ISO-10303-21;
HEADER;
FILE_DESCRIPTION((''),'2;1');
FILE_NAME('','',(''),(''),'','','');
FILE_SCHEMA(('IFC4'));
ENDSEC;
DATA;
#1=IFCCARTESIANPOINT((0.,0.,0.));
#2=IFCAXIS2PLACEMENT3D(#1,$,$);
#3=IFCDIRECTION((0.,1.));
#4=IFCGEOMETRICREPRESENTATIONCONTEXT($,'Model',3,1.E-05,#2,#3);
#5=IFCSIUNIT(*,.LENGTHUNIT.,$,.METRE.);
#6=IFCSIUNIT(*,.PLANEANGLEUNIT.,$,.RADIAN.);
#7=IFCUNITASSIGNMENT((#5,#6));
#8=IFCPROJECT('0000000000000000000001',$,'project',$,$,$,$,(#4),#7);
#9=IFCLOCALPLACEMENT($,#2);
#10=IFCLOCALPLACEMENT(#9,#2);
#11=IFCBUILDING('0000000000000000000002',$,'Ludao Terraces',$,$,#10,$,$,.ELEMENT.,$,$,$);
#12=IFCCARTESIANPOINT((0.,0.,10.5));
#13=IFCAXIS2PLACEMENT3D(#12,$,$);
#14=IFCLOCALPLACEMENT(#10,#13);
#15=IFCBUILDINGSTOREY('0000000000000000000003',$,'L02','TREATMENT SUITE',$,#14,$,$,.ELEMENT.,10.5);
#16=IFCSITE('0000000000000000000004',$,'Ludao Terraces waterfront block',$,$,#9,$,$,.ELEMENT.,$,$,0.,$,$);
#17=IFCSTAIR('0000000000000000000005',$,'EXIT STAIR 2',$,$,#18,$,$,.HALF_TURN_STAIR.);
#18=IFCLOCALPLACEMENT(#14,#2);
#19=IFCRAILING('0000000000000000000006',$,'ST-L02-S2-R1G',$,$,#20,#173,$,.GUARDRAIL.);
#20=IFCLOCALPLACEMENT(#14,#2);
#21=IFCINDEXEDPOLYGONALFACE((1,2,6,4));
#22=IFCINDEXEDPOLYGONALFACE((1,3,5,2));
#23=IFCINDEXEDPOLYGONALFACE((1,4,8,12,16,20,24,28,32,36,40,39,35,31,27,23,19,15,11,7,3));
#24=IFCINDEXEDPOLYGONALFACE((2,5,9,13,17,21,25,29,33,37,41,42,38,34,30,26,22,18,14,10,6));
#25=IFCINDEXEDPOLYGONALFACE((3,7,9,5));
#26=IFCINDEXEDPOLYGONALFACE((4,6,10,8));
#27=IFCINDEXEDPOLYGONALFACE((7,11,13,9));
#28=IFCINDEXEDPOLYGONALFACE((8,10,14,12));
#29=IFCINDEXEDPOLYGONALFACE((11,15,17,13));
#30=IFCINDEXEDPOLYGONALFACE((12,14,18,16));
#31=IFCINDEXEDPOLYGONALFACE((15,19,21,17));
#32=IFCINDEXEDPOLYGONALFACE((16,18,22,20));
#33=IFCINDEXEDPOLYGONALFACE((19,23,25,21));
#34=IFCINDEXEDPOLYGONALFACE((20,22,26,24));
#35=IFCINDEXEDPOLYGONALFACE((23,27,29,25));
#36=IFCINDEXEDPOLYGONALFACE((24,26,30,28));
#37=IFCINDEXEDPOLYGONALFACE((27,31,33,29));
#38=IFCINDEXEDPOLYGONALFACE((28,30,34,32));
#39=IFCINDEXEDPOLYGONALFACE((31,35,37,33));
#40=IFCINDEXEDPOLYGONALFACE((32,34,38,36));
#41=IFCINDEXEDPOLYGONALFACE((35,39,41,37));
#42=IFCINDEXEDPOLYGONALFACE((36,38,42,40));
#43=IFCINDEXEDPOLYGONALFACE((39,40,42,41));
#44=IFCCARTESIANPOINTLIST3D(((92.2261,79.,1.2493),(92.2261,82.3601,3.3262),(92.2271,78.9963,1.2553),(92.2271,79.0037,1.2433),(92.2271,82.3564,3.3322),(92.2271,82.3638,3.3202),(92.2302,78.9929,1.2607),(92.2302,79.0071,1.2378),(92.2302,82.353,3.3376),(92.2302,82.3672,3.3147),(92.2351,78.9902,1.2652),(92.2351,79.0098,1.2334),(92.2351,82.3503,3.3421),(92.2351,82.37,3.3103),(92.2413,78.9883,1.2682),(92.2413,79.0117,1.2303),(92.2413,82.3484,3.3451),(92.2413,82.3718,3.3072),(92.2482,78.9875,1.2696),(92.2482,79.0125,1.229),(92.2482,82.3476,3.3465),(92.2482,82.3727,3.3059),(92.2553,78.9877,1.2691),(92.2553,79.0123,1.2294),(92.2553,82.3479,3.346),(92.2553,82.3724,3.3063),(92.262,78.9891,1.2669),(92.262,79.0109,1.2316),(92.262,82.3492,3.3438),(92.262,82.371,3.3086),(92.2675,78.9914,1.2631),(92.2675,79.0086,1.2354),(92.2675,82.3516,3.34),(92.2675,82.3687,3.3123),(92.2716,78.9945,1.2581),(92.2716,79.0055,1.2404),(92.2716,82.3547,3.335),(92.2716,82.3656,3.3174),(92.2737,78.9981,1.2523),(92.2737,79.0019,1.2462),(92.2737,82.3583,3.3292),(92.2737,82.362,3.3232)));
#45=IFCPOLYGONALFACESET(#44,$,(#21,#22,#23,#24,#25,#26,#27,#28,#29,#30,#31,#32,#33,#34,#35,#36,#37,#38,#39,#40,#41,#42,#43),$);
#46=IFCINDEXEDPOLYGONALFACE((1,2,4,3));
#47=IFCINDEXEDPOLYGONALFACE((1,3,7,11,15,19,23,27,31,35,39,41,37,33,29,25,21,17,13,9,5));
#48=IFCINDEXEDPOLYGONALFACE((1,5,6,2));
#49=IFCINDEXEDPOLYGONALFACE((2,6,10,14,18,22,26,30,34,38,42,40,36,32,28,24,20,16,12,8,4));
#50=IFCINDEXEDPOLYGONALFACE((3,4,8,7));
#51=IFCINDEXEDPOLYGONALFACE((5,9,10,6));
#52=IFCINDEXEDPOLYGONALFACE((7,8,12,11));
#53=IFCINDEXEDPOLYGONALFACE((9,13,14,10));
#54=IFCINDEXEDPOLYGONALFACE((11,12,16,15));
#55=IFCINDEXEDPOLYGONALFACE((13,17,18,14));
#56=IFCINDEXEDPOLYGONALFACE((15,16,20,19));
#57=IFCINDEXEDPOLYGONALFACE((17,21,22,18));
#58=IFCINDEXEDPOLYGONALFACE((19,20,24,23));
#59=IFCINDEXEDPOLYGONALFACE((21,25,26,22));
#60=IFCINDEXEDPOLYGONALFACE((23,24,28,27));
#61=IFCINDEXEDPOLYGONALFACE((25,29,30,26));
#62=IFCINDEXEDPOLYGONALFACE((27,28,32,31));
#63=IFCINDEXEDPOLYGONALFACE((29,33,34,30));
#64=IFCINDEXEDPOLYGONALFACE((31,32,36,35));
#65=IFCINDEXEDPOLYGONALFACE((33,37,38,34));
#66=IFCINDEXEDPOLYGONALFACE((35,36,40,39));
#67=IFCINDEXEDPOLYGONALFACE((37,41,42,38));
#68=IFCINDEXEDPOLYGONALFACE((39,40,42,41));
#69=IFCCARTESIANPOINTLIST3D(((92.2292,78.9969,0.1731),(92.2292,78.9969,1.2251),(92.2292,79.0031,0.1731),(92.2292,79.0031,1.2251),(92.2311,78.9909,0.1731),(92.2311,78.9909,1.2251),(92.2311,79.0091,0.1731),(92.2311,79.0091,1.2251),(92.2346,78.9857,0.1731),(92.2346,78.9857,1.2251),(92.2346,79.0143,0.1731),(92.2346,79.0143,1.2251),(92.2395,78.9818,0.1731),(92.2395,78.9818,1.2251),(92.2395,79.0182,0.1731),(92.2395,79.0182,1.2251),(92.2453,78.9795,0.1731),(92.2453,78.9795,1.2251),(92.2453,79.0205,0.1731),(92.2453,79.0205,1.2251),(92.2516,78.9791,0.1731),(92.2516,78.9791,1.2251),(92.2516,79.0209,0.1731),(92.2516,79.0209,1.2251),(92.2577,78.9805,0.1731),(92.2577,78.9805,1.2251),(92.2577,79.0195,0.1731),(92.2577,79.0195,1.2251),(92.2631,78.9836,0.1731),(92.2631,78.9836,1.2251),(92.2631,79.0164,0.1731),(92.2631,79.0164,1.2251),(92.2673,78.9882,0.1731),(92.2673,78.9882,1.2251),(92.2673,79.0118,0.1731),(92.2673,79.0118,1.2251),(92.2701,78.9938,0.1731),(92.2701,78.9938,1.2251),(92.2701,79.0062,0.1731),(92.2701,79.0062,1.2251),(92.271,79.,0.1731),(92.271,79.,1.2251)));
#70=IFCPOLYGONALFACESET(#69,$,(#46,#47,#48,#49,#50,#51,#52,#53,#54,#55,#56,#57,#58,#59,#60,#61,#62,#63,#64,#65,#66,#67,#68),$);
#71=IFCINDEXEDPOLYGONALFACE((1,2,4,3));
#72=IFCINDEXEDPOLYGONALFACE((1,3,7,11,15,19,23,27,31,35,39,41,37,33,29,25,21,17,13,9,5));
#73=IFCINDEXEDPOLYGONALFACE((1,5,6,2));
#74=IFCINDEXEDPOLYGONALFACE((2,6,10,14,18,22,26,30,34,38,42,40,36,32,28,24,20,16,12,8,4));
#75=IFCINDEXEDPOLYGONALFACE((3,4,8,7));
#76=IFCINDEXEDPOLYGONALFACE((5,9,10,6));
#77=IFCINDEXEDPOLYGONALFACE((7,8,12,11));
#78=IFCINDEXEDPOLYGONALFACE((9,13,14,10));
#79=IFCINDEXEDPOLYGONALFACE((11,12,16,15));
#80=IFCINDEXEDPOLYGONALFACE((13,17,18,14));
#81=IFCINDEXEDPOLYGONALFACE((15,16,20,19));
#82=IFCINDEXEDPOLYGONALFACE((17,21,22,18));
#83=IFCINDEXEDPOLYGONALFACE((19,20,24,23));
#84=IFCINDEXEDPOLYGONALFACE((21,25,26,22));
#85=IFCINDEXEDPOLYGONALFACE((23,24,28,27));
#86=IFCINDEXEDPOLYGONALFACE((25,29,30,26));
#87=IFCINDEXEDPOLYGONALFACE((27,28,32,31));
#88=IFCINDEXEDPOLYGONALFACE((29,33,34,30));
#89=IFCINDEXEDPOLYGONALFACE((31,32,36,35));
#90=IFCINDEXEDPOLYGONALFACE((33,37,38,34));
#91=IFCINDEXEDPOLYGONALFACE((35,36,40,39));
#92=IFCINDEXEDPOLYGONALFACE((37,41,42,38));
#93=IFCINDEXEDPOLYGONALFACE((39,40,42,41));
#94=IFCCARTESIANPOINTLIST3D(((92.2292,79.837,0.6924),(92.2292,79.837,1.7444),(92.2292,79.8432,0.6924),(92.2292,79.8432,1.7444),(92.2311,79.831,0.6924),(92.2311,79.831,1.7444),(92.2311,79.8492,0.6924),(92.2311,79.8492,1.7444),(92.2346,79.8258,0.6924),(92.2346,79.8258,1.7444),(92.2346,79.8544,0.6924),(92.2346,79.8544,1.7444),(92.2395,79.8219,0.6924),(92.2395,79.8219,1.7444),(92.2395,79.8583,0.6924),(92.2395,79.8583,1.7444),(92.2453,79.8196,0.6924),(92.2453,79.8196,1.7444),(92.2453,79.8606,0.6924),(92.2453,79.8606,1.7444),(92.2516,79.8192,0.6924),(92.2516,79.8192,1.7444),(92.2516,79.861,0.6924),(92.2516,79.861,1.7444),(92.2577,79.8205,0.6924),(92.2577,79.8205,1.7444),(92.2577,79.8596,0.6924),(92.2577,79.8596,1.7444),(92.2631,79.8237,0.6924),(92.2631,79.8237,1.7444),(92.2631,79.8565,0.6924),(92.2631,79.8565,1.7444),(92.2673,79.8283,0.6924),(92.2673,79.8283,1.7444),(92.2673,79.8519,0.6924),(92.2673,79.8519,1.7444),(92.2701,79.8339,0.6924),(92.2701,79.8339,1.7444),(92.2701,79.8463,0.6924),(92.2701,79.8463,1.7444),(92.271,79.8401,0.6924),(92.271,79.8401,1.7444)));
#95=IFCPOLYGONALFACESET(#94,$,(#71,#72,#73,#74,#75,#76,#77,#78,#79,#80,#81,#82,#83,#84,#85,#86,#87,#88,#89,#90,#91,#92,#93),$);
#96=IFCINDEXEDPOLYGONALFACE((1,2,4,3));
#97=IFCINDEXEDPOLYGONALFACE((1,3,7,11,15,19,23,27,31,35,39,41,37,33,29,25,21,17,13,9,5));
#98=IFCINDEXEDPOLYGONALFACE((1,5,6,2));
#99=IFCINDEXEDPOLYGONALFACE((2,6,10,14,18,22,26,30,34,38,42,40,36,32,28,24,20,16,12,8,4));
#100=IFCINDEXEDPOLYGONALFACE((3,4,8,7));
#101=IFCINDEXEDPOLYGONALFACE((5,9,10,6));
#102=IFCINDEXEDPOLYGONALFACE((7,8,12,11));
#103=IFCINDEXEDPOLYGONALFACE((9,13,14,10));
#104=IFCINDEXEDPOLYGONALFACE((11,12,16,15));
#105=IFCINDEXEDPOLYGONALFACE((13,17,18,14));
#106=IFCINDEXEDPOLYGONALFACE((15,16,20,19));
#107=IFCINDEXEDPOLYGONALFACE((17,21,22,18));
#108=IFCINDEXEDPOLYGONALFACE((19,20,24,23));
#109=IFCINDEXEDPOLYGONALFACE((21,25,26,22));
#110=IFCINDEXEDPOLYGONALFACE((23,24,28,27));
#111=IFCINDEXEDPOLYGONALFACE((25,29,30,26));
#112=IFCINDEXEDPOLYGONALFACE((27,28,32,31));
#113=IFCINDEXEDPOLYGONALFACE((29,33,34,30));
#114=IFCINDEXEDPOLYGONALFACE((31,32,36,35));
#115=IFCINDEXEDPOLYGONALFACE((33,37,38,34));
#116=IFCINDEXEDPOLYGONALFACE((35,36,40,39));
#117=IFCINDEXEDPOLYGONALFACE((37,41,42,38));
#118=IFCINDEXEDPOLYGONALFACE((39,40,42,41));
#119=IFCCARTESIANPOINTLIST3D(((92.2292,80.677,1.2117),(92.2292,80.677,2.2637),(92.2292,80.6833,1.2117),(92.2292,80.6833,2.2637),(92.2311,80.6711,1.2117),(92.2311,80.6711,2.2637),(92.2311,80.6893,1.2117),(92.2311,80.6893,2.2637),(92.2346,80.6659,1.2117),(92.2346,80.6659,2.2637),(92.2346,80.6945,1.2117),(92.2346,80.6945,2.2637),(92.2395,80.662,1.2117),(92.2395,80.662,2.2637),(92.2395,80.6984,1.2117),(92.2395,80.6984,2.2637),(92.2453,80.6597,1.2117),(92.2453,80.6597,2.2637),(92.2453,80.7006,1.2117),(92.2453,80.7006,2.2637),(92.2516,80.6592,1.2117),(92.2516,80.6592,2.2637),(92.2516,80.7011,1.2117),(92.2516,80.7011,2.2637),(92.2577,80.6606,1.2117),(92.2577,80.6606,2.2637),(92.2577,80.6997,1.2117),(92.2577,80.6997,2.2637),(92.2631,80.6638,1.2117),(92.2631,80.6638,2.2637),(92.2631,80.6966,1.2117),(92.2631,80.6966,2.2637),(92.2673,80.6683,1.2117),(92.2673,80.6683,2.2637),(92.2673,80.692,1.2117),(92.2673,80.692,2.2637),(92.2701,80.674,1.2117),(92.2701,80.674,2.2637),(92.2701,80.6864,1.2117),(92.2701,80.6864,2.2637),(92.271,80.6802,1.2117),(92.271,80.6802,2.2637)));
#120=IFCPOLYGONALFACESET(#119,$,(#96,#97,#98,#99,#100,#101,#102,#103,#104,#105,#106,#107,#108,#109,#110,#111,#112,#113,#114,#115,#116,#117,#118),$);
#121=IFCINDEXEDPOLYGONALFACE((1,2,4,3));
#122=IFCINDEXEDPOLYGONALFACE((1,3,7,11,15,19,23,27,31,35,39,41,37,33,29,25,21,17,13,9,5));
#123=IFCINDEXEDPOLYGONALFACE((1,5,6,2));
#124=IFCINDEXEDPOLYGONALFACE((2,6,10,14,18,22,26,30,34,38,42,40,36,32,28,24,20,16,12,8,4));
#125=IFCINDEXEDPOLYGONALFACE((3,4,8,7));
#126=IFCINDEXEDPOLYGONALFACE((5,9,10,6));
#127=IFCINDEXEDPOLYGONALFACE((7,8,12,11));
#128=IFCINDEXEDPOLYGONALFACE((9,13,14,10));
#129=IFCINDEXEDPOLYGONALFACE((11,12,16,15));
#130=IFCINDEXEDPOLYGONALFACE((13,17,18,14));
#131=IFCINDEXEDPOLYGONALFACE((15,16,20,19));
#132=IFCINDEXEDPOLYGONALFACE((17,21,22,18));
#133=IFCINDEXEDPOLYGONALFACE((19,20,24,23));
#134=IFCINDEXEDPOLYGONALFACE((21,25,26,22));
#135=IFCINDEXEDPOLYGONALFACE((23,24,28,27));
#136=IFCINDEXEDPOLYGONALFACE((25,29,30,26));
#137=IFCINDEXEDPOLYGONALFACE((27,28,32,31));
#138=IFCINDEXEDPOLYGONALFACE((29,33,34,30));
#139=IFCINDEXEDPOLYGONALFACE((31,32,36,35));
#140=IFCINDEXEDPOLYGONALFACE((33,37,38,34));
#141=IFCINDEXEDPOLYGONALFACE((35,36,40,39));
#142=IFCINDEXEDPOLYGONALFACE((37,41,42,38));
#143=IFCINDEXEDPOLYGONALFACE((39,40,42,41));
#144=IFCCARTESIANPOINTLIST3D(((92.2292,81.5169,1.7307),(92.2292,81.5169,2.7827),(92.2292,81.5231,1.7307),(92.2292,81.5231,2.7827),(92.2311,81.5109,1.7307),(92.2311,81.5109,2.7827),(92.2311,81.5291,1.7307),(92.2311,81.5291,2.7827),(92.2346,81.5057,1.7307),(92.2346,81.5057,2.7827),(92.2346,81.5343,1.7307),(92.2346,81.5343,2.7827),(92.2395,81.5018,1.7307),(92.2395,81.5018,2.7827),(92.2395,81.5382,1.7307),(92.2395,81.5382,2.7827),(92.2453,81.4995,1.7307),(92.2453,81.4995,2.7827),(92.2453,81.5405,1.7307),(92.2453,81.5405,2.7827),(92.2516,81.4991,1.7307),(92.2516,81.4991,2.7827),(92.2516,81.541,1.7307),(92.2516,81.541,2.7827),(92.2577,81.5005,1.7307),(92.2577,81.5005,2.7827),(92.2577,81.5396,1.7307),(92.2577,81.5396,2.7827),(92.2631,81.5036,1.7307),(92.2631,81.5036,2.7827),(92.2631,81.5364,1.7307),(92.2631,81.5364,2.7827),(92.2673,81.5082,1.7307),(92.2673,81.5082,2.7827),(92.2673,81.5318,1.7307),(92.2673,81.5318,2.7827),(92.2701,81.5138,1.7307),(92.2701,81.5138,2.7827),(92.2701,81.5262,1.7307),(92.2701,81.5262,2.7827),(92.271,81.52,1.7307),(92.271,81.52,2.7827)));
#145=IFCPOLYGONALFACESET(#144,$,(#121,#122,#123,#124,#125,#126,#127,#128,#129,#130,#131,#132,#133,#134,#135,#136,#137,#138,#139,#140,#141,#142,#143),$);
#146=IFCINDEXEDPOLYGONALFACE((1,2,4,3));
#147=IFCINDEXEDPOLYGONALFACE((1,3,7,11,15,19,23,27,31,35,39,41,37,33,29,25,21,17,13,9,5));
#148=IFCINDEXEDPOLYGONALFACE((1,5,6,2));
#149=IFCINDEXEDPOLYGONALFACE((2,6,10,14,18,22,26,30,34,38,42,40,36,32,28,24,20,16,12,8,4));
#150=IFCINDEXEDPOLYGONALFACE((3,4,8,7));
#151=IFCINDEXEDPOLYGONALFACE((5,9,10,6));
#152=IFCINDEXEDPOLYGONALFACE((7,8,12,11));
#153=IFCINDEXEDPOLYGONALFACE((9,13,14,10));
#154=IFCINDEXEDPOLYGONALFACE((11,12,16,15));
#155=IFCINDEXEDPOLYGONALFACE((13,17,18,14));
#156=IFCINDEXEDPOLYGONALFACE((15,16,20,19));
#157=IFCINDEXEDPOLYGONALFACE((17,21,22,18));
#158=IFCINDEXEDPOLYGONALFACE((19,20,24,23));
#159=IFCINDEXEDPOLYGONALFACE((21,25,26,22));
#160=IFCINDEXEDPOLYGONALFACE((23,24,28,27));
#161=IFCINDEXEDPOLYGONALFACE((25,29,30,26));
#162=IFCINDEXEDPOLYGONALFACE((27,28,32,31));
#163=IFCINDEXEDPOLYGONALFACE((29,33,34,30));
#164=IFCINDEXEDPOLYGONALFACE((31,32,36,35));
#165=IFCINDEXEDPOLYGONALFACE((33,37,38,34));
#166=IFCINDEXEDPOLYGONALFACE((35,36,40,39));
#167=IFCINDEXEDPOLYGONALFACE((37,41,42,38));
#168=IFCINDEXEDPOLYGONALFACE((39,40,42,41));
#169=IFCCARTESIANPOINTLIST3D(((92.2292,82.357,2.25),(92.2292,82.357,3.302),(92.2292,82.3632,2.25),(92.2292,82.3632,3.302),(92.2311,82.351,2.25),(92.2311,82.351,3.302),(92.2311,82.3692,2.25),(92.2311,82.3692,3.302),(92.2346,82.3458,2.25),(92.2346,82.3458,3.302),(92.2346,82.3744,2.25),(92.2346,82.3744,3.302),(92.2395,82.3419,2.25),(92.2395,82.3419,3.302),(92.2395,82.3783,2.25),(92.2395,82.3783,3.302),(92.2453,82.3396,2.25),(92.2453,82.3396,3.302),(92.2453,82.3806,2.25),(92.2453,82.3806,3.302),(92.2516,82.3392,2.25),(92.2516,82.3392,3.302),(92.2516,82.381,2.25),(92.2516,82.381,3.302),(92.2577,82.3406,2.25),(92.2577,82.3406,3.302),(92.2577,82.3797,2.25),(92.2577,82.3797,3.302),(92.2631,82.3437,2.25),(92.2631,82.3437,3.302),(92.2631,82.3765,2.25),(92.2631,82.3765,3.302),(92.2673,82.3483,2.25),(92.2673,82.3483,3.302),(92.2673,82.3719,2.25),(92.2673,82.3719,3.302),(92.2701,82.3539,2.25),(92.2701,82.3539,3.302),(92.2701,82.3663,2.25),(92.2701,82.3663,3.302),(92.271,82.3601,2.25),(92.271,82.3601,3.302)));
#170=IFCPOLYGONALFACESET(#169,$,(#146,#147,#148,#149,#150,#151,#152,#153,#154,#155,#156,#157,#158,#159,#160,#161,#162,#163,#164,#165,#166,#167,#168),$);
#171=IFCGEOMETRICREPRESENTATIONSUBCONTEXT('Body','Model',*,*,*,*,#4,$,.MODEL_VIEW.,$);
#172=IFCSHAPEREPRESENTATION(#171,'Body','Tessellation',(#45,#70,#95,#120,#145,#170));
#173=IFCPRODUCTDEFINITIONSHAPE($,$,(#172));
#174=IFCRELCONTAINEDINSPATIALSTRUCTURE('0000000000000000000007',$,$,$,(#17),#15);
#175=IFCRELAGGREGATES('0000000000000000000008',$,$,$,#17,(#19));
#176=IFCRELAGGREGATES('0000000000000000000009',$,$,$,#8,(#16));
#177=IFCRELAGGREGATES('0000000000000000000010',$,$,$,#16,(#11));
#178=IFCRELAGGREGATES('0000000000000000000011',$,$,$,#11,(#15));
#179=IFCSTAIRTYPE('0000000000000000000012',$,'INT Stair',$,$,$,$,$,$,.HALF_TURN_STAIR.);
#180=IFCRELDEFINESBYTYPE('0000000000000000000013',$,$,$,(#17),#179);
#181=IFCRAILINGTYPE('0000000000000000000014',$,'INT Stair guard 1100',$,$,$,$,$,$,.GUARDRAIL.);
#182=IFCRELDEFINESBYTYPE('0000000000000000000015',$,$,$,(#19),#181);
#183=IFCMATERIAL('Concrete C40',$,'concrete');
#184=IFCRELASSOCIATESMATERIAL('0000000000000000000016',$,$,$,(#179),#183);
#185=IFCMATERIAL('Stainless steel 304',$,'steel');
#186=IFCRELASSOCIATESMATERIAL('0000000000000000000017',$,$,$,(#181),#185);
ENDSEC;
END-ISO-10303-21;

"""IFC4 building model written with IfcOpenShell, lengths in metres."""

from ifc_helpers import new_model, si_unit, direction, frame, origin, origin_2d, place, context, subcontext, project, spatial, circle, extrude, material, type_object, element, aggregate, save


model = new_model("IFC4")

# Units and contexts
model_context = context("Model", 3, precision=1e-05, world=origin(), true_north=direction((0.0, 1.0)))
body_context = subcontext(model_context, "Body", "Model", "MODEL_VIEW")
ifc_project = project(units=[si_unit("LENGTHUNIT", "METRE"), si_unit("PLANEANGLEUNIT", "RADIAN")], contexts=[model_context])

# Site, building, storey
site_placement = place(None, origin())
site = spatial("IfcSite", under=ifc_project, at=site_placement, Name="Ludao Terraces waterfront block", CompositionType="ELEMENT", RefElevation=0.0)
building_placement = place(site_placement, origin())
building = spatial("IfcBuilding", under=site, at=building_placement, Name="Ludao Terraces", CompositionType="ELEMENT")
storey_placement = place(building_placement, frame((0.0, 0.0, 10.5)))
storey = spatial("IfcBuildingStorey", under=building, at=storey_placement, Name="L02", Description="TREATMENT SUITE", CompositionType="ELEMENT", Elevation=10.5)

# Shared definitions
ifc_material_1 = material(Name="Concrete C40", Category="concrete")

# Shared definitions
ifc_material_2 = material(Name="Stainless steel 304", Category="steel")

# Stair, railing
stair_type = type_object("IfcStairType", Name="INT Stair", PredefinedType="HALF_TURN_STAIR", material=ifc_material_1)
stair_placement = place(storey_placement, origin())
stair = element("IfcStair", 1, at=stair_placement, inside=storey, type_object=stair_type, Name="EXIT STAIR 2", PredefinedType="HALF_TURN_STAIR")
railing_type_1 = type_object("IfcRailingType", Name="INT Stair guard 1100", PredefinedType="GUARDRAIL", material=ifc_material_2)
railing_1_placement = place(storey_placement, frame((92.25, 79.0, 0.1731)))
railing_1 = element("IfcRailing", 2, at=railing_1_placement, type_object=railing_type_1, Name="ST-L02-S2-R1G", PredefinedType="GUARDRAIL", context=body_context, shape_type="SweptSolid", body=[
    extrude(circle(Radius=0.0239, at=origin_2d()), frame((0.0, 0.0, 1.0762), z_axis=(0.0, 0.850623, 0.525776), x_axis=(-1.0, 0.0, 0.0)), (0.0, 0.0, 1.0), 3.9502),
    extrude(circle(Radius=0.021, at=origin_2d()), origin(), (0.0, 0.0, 1.0), 1.052),
    extrude(circle(Radius=0.021, at=origin_2d()), frame((0.0, 0.8401, 0.5193)), (0.0, 0.0, 1.0), 1.052),
    extrude(circle(Radius=0.021, at=origin_2d()), frame((0.0, 1.6802, 1.0386)), (0.0, 0.0, 1.0), 1.052),
    extrude(circle(Radius=0.021, at=origin_2d()), frame((0.0, 2.52, 1.5576)), (0.0, 0.0, 1.0), 1.052),
    extrude(circle(Radius=0.021, at=origin_2d()), frame((0.0, 3.3601, 2.0769)), (0.0, 0.0, 1.0), 1.052),
])
aggregate(stair, [railing_1])

save(model, "model.ifc")
